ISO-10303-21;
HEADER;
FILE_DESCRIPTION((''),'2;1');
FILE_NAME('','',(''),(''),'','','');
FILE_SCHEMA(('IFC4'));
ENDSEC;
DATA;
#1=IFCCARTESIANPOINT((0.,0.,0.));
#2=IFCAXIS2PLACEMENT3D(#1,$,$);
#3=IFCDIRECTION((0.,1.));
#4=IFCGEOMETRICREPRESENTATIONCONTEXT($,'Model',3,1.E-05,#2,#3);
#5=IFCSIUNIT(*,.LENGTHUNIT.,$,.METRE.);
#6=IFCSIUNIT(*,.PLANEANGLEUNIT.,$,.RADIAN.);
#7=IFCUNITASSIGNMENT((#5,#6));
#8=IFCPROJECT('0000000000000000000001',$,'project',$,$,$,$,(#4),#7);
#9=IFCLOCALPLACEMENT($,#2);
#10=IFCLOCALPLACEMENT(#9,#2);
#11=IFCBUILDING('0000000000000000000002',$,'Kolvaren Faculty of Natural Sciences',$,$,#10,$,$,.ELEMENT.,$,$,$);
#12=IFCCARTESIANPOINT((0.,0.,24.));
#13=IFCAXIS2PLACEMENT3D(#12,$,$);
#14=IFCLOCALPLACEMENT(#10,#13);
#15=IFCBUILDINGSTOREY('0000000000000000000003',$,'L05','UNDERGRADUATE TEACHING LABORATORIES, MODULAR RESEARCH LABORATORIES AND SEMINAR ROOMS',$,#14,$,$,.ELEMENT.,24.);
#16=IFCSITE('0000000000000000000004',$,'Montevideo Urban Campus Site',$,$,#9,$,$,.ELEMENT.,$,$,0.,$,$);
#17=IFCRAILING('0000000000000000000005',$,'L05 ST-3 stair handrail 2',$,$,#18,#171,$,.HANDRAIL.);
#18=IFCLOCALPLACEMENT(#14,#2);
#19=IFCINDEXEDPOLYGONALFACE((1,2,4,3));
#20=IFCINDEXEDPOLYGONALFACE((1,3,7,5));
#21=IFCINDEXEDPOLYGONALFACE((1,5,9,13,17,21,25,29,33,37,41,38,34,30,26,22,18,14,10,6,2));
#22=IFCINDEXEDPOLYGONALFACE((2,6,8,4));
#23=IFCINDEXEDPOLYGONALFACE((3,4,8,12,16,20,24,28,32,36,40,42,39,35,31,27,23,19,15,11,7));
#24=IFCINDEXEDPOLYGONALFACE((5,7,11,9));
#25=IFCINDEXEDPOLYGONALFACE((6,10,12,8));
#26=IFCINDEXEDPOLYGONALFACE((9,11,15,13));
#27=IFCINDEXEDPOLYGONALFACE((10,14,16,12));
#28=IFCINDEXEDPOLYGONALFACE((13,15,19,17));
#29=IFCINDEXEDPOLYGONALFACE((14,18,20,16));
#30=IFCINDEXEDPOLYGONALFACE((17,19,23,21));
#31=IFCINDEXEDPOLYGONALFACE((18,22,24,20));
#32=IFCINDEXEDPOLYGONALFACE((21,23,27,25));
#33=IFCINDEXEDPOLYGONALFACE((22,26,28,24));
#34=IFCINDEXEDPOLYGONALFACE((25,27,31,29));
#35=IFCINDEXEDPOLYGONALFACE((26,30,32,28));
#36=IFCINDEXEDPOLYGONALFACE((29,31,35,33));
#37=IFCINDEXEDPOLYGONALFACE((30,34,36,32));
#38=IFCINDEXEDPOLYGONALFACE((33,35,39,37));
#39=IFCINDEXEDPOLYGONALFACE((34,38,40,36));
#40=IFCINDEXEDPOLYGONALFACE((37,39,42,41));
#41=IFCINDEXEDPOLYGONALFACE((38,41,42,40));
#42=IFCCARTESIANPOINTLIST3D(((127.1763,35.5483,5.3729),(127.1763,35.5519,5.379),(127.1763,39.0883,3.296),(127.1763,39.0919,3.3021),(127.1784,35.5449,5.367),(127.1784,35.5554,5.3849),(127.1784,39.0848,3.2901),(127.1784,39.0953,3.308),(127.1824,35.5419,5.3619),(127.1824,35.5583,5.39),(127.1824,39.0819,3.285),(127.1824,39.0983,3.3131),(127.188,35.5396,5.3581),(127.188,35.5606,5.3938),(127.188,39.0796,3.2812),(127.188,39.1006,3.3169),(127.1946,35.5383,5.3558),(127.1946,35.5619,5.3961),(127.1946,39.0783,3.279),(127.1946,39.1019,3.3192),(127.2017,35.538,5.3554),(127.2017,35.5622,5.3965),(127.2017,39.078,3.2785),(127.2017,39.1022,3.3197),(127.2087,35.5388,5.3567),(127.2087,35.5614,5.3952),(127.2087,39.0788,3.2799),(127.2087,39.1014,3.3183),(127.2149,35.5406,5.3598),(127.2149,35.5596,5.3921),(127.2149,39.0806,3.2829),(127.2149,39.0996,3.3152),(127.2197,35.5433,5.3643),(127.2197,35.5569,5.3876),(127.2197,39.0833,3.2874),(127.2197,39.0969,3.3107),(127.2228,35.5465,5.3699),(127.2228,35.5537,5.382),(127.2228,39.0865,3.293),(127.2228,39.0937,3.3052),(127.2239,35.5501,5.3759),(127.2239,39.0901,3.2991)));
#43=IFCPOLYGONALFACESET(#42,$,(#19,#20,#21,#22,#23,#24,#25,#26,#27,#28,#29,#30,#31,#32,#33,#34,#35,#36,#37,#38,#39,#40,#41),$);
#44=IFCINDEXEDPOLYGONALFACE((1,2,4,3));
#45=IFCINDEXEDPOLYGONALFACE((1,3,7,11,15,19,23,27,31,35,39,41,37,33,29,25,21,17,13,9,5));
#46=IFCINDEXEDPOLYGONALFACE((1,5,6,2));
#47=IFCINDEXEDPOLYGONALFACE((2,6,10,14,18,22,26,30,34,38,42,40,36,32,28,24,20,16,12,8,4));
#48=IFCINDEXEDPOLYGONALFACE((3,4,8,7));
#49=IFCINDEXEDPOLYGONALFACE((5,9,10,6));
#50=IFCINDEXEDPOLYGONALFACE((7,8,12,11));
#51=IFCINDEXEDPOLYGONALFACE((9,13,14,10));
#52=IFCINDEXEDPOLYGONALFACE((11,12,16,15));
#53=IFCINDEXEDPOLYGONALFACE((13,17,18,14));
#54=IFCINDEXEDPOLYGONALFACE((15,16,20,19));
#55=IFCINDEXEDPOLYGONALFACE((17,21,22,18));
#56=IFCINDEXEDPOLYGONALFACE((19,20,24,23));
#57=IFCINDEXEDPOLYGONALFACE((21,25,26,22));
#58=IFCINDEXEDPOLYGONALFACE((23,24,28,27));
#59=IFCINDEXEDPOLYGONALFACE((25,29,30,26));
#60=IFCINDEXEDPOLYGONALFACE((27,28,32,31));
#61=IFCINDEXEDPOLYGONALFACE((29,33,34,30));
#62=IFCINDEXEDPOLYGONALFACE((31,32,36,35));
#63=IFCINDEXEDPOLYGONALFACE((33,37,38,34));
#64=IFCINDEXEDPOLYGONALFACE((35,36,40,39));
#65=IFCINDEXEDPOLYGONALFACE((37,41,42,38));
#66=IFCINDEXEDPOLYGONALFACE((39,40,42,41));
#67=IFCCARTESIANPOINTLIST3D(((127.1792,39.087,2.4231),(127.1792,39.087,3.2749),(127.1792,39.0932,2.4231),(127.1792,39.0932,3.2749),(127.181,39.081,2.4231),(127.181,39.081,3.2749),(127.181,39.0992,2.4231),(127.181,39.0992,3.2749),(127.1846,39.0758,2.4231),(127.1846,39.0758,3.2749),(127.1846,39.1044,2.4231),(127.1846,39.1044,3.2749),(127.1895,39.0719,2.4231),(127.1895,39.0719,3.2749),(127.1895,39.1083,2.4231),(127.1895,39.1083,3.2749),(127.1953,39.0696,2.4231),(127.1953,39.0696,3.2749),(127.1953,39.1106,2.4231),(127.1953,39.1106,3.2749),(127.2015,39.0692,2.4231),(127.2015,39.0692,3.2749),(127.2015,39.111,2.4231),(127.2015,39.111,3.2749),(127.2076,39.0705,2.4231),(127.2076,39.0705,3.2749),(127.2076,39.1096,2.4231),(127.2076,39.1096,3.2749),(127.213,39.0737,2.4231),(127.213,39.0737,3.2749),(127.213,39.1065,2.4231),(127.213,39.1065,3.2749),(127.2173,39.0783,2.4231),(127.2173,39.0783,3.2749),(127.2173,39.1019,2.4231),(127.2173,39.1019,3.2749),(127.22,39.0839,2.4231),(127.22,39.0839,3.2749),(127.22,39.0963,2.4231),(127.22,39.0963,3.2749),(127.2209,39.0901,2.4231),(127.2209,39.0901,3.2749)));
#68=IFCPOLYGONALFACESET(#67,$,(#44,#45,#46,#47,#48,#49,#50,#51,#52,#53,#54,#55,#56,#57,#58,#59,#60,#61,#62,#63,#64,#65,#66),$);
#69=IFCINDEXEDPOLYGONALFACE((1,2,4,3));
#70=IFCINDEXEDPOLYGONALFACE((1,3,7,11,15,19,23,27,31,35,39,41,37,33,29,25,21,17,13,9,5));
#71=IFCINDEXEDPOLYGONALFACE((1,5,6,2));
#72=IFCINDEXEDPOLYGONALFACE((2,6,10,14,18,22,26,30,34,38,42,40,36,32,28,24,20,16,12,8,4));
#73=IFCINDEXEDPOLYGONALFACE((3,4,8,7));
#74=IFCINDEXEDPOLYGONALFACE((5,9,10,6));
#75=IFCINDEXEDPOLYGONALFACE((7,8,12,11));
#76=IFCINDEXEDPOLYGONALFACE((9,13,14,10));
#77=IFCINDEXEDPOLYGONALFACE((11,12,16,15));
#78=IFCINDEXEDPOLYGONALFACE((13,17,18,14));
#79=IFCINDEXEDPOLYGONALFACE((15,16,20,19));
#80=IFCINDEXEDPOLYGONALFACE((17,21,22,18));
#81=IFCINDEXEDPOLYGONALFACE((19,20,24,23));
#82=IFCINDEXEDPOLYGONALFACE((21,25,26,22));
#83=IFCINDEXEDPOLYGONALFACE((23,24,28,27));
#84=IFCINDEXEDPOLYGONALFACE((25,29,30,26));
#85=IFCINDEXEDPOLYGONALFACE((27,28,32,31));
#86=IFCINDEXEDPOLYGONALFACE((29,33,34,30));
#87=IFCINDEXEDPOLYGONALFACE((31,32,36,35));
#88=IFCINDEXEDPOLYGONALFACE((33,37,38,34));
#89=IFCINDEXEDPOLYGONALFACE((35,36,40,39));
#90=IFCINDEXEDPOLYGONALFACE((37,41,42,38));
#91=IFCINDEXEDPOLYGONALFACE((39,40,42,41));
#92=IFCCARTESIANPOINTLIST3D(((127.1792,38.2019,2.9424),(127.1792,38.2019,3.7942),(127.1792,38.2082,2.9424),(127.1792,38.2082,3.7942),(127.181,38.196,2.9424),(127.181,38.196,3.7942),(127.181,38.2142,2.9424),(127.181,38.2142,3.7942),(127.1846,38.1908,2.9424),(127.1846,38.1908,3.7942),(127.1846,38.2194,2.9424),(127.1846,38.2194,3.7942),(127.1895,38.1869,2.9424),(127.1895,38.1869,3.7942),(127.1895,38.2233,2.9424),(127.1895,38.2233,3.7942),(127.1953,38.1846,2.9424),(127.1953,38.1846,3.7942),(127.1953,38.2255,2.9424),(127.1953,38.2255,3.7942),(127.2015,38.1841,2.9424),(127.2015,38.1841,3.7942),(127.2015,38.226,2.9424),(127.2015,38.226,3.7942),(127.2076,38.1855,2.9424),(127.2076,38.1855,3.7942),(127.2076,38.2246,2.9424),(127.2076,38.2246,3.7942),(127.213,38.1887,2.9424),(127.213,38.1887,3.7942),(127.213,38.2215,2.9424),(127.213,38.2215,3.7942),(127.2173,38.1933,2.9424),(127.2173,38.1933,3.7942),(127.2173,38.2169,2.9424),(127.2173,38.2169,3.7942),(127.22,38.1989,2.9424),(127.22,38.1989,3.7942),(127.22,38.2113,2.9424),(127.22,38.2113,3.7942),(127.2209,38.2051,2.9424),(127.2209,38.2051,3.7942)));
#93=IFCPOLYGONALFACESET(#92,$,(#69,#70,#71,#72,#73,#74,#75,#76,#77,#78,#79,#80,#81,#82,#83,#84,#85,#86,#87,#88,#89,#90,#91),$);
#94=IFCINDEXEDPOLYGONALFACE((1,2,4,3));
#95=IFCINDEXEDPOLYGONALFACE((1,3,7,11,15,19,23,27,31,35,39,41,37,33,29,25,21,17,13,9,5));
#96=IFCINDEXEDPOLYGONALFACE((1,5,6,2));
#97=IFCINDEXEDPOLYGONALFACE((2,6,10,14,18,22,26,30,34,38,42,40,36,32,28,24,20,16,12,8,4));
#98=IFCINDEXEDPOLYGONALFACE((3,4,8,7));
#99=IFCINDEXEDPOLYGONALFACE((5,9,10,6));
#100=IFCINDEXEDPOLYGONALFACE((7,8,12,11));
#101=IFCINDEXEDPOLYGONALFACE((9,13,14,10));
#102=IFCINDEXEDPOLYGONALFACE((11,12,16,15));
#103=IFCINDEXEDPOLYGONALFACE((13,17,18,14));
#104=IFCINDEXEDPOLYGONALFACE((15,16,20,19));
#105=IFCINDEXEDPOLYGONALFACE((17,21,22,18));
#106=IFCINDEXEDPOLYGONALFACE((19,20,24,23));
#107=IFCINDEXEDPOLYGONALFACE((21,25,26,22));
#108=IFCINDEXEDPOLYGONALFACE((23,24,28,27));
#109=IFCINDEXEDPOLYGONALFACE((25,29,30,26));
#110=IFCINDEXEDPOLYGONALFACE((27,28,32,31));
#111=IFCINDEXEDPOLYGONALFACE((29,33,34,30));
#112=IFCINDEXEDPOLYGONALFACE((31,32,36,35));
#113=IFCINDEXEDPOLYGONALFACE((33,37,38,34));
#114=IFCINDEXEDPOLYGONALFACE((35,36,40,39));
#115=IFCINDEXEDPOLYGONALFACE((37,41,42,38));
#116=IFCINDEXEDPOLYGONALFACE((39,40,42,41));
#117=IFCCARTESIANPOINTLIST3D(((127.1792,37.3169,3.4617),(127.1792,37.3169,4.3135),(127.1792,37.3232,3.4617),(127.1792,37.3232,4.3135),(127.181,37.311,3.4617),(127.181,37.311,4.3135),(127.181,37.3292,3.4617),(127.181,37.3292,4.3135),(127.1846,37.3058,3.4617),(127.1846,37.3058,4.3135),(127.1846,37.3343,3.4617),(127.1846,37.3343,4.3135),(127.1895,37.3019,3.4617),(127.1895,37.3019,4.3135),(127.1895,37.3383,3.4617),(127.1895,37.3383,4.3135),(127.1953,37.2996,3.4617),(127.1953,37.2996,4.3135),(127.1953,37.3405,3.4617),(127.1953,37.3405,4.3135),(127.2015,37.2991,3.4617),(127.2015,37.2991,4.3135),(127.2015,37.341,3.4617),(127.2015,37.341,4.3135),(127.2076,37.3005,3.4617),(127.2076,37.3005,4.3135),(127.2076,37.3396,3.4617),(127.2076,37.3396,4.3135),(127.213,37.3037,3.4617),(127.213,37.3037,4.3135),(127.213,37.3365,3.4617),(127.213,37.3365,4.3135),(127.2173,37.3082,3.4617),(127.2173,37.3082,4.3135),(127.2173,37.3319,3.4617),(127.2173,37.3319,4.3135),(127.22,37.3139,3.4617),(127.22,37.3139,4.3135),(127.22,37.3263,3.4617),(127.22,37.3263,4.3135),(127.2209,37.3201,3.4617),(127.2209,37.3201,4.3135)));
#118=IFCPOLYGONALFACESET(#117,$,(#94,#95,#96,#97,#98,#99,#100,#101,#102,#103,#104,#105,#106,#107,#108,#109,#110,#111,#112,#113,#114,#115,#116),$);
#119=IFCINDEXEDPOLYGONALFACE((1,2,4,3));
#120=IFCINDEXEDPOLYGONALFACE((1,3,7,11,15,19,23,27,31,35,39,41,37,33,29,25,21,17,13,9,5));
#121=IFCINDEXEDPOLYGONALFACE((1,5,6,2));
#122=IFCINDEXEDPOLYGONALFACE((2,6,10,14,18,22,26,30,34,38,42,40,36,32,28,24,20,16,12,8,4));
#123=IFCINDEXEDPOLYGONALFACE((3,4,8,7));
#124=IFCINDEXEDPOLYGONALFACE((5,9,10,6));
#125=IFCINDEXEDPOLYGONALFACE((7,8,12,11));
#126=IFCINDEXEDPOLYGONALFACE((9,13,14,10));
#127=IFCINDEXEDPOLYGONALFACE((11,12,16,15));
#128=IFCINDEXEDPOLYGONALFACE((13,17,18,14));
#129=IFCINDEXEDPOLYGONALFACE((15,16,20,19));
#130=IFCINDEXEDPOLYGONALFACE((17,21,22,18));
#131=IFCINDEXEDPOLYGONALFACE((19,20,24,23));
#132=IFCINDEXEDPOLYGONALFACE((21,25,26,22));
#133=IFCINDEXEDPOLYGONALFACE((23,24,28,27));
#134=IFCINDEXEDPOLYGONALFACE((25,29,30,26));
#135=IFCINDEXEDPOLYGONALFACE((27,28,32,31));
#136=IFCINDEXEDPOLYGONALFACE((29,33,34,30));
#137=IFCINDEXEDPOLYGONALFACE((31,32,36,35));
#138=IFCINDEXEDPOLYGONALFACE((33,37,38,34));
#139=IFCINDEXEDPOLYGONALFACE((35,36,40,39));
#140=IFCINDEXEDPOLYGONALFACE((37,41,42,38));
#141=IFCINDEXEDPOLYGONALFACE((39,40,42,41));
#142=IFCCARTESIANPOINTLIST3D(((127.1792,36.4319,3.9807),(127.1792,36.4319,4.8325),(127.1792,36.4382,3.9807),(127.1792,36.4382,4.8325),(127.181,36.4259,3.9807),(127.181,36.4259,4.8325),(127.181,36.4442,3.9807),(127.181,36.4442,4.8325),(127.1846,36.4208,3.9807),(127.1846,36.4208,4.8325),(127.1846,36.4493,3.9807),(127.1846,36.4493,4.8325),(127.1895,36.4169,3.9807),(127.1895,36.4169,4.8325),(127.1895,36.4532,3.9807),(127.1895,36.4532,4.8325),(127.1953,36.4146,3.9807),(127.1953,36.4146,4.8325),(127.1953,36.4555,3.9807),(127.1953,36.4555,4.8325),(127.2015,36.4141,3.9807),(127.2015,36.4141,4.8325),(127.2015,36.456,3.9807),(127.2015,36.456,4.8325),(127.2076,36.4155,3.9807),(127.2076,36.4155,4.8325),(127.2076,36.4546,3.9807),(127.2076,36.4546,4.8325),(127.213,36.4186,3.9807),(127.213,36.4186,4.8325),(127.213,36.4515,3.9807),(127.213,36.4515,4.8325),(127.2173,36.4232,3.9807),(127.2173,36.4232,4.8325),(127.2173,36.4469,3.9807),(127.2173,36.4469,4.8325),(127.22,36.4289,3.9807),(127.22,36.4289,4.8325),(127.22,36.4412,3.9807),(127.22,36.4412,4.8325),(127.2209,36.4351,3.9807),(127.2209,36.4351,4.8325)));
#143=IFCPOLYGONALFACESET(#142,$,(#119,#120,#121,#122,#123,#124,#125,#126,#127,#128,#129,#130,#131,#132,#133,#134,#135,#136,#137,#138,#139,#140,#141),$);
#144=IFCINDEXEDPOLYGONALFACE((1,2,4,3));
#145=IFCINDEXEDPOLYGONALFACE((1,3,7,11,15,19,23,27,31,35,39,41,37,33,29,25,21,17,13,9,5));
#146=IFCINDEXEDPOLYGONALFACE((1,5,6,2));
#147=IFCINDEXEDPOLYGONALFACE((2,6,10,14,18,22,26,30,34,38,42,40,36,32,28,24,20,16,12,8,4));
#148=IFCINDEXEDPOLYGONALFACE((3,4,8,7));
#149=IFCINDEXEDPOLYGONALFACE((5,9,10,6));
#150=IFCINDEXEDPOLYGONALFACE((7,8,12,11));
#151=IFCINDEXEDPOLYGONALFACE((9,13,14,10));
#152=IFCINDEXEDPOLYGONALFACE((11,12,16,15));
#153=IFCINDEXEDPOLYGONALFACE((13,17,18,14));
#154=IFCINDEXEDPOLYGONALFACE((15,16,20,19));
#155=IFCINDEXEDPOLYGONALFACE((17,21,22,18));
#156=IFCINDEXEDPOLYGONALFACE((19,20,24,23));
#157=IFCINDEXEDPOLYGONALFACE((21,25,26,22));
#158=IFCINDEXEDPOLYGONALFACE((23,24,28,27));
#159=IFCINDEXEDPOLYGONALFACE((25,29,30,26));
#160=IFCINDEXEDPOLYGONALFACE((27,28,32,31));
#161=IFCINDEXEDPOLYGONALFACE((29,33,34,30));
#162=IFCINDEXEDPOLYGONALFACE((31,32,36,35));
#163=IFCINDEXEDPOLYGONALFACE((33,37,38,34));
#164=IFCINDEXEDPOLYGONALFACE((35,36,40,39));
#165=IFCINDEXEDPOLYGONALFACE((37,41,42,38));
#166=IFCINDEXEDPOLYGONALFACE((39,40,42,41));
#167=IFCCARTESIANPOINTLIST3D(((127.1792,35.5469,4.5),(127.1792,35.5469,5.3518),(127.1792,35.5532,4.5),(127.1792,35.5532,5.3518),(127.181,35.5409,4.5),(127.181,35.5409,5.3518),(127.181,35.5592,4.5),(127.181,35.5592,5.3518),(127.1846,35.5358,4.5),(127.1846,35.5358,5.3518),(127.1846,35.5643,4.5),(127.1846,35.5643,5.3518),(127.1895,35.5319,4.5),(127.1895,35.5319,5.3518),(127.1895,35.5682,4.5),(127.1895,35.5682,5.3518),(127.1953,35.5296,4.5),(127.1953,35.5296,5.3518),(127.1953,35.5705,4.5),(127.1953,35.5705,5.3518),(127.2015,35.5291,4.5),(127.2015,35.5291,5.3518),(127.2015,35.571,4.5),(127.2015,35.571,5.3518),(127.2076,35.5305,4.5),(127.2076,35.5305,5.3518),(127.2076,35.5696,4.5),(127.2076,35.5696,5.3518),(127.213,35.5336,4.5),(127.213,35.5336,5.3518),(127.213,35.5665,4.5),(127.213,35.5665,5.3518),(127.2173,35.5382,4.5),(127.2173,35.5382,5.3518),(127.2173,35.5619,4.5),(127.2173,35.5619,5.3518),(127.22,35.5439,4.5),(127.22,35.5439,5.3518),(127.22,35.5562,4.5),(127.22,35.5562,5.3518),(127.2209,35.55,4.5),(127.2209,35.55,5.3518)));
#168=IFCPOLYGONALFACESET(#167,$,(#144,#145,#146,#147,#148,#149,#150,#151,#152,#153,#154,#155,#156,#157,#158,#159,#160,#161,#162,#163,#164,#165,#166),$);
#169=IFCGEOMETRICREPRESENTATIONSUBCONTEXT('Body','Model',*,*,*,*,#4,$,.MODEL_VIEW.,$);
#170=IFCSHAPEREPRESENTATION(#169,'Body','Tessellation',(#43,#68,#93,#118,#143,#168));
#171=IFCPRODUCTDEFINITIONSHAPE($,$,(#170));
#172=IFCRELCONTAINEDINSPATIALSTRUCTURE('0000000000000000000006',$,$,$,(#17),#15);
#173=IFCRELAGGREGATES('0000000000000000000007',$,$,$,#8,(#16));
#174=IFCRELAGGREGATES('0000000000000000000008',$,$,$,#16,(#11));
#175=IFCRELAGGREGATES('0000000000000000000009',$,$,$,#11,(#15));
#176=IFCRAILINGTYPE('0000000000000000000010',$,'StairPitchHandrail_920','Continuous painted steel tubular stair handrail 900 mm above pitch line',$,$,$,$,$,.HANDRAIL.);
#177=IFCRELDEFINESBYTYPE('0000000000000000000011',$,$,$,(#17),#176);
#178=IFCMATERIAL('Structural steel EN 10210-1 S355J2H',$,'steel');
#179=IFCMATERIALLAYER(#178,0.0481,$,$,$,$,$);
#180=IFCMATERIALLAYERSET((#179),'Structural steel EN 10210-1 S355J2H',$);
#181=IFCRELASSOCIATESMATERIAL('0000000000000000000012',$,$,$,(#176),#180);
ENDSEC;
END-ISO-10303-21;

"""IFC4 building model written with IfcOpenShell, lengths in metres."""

from ifc_helpers import new_model, si_unit, direction, frame, origin, origin_2d, place, context, subcontext, project, spatial, circle, extrude, material, layer, layer_set, type_object, element, save


model = new_model("IFC4")

# Units and contexts
model_context = context("Model", 3, precision=1e-05, world=origin(), true_north=direction((0.0, 1.0)))
body_context = subcontext(model_context, "Body", "Model", "MODEL_VIEW")
ifc_project = project(units=[si_unit("LENGTHUNIT", "METRE"), si_unit("PLANEANGLEUNIT", "RADIAN")], contexts=[model_context])

# Site, building, storey
site_placement = place(None, origin())
site = spatial("IfcSite", under=ifc_project, at=site_placement, Name="Montevideo Urban Campus Site", CompositionType="ELEMENT", RefElevation=0.0)
building_placement = place(site_placement, origin())
building = spatial("IfcBuilding", under=site, at=building_placement, Name="Kolvaren Faculty of Natural Sciences", CompositionType="ELEMENT")
storey_placement = place(building_placement, frame((0.0, 0.0, 24.0)))
storey = spatial("IfcBuildingStorey", under=building, at=storey_placement, Name="L05", Description="UNDERGRADUATE TEACHING LABORATORIES, MODULAR RESEARCH LABORATORIES AND SEMINAR ROOMS", CompositionType="ELEMENT", Elevation=24.0)

# Railing
ifc_material_1 = material(Name="Structural steel EN 10210-1 S355J2H", Category="steel")
ifc_layer_1 = layer(ifc_material_1, 0.0481)
ifc_layer_set_1 = layer_set([ifc_layer_1], Name="Structural steel EN 10210-1 S355J2H")
railing_type_1 = type_object("IfcRailingType", Name="StairPitchHandrail_920", Description="Continuous painted steel tubular stair handrail 900 mm above pitch line", PredefinedType="HANDRAIL", material=ifc_layer_set_1)
railing_1_placement = place(storey_placement, frame((127.2, 39.0901, 2.4231)))
element("IfcRailing", 1, at=railing_1_placement, inside=storey, type_object=railing_type_1, Name="L05 ST-3 stair handrail 2", PredefinedType="HANDRAIL", context=body_context, shape_type="SweptSolid", body=[
    extrude(circle(Radius=0.0239, at=origin_2d()), frame((0.0, 0.0, 0.876), z_axis=(0.0, -0.862516, 0.506029), x_axis=(1.0, 0.0, 0.0)), (0.0, 0.0, 1.0), 4.1042),
    extrude(circle(Radius=0.021, at=origin_2d()), origin(), (0.0, 0.0, 1.0), 0.8518),
    extrude(circle(Radius=0.021, at=origin_2d()), frame((0.0, -0.885, 0.5193)), (0.0, 0.0, 1.0), 0.8518),
    extrude(circle(Radius=0.021, at=origin_2d()), frame((0.0, -1.77, 1.0386)), (0.0, 0.0, 1.0), 0.8518),
    extrude(circle(Radius=0.021, at=origin_2d()), frame((0.0, -2.655, 1.5576)), (0.0, 0.0, 1.0), 0.8518),
    extrude(circle(Radius=0.021, at=origin_2d()), frame((0.0, -3.54, 2.0769)), (0.0, 0.0, 1.0), 0.8518),
])

save(model, "model.ifc")
